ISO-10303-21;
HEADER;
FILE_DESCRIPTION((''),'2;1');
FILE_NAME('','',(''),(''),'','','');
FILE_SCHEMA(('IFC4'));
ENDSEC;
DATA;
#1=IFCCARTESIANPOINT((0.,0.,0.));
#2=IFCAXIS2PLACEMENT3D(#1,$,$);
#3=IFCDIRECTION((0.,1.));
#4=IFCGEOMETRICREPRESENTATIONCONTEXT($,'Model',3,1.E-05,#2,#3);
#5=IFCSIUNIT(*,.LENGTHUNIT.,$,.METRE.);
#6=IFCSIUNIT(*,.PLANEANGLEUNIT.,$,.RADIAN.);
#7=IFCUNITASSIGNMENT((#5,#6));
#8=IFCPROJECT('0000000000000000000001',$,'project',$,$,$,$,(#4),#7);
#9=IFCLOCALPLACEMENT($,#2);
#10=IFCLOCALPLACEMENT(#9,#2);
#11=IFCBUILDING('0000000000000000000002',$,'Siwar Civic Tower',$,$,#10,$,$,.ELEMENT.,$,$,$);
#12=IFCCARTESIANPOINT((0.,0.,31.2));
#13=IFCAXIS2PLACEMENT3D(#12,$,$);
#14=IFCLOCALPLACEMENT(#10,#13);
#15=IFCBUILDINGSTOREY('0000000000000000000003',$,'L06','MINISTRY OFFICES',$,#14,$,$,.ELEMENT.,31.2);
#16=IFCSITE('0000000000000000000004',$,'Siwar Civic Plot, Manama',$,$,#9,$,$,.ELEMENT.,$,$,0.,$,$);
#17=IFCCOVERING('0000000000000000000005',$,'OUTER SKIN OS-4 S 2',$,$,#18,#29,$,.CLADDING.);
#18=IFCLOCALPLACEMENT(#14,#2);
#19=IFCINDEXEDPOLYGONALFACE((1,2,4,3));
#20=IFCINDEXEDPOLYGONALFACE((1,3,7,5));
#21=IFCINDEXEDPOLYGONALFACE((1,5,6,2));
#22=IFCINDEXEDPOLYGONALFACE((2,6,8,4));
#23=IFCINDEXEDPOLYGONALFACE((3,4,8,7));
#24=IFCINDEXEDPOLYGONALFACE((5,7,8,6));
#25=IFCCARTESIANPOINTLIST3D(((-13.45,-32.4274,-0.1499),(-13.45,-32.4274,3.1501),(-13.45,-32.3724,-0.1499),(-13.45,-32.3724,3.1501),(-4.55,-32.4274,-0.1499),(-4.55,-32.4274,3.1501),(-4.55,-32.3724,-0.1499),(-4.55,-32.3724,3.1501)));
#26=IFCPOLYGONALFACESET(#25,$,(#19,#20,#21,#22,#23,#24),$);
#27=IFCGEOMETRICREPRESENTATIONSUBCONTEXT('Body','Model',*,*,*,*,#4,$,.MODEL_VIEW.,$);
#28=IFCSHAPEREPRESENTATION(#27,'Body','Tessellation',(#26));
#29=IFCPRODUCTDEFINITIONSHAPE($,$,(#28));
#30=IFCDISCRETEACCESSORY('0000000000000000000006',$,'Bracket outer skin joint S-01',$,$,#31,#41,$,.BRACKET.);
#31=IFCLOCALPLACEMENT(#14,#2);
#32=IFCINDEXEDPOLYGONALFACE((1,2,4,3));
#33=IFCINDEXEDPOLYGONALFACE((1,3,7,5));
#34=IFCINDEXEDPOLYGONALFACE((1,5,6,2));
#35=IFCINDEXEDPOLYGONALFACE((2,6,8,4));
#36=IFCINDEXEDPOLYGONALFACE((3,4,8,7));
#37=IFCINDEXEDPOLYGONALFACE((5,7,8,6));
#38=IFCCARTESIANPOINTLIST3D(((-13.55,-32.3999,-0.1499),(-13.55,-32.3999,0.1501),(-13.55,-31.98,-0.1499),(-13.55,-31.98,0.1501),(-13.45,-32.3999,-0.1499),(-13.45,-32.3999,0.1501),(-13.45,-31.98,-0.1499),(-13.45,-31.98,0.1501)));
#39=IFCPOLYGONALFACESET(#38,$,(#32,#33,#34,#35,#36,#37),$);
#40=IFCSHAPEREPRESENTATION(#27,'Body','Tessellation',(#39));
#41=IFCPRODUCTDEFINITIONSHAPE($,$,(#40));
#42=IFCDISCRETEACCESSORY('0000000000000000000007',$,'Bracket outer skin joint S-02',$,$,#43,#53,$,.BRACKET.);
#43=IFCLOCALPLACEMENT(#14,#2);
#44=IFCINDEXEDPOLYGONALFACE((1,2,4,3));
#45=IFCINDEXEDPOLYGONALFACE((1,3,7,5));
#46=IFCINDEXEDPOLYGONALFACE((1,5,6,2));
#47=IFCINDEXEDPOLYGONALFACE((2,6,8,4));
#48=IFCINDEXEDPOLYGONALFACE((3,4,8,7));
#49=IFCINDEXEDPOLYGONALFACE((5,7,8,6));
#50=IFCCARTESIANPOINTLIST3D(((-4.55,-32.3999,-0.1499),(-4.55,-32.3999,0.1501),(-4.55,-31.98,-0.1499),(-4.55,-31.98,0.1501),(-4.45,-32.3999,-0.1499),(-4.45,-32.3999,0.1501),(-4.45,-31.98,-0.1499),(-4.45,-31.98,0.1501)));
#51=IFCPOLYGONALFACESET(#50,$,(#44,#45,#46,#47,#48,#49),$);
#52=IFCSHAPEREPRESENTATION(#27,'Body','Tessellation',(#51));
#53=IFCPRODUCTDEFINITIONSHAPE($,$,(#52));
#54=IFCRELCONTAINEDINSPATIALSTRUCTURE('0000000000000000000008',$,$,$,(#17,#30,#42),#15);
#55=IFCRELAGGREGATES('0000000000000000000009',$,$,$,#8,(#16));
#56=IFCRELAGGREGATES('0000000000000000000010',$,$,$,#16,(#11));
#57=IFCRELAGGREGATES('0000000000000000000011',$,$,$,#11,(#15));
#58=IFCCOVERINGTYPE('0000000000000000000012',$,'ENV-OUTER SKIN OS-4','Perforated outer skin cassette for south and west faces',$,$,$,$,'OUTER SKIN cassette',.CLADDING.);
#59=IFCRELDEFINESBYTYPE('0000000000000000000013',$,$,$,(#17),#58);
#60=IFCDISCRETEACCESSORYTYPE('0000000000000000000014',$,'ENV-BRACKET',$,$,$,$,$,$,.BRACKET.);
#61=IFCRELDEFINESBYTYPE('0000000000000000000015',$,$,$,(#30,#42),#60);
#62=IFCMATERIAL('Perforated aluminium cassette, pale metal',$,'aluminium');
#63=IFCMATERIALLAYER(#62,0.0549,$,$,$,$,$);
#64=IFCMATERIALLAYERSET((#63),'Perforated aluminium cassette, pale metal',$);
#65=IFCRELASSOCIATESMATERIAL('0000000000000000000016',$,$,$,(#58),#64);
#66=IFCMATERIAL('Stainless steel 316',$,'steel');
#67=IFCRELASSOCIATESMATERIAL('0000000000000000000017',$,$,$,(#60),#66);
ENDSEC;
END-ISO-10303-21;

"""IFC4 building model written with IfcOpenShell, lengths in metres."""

from ifc_helpers import new_model, si_unit, direction, frame, origin, origin_2d, place, context, subcontext, project, spatial, rectangle, extrude, material, layer, layer_set, type_object, element, save


model = new_model("IFC4")

# Units and contexts
model_context = context("Model", 3, precision=1e-05, world=origin(), true_north=direction((0.0, 1.0)))
body_context = subcontext(model_context, "Body", "Model", "MODEL_VIEW")
ifc_project = project(units=[si_unit("LENGTHUNIT", "METRE"), si_unit("PLANEANGLEUNIT", "RADIAN")], contexts=[model_context])

# Site, building, storey
site_placement = place(None, origin())
site = spatial("IfcSite", under=ifc_project, at=site_placement, Name="Siwar Civic Plot, Manama", CompositionType="ELEMENT", RefElevation=0.0)
building_placement = place(site_placement, origin())
building = spatial("IfcBuilding", under=site, at=building_placement, Name="Siwar Civic Tower", CompositionType="ELEMENT")
storey_placement = place(building_placement, frame((0.0, 0.0, 31.2)))
storey = spatial("IfcBuildingStorey", under=building, at=storey_placement, Name="L06", Description="MINISTRY OFFICES", CompositionType="ELEMENT", Elevation=31.2)

# Covering
ifc_material_1 = material(Name="Perforated aluminium cassette, pale metal", Category="aluminium")
ifc_layer_1 = layer(ifc_material_1, 0.0549)
ifc_layer_set_1 = layer_set([ifc_layer_1], Name="Perforated aluminium cassette, pale metal")
covering_type = type_object("IfcCoveringType", Name="ENV-OUTER SKIN OS-4", Description="Perforated outer skin cassette for south and west faces", ElementType="OUTER SKIN cassette", PredefinedType="CLADDING", material=ifc_layer_set_1)
covering_1_placement = place(storey_placement, frame((-9.0, -32.3999, -0.1499), z_axis=(0.0, 0.0, 1.0), x_axis=(1.0, 0.0, 0.0)))
element("IfcCovering", 1, at=covering_1_placement, inside=storey, type_object=covering_type, Name="OUTER SKIN OS-4 S 2", PredefinedType="CLADDING", context=body_context, shape_type="SweptSolid", body=[
    extrude(rectangle(XDim=8.8999, YDim=0.0549, at=origin_2d()), origin(), (0.0, 0.0, 1.0), 3.3),
])

# Discrete accessories
ifc_material_2 = material(Name="Stainless steel 316", Category="steel")
discrete_accessory_type = type_object("IfcDiscreteAccessoryType", Name="ENV-BRACKET", PredefinedType="BRACKET", material=ifc_material_2)
for number, where, z_axis, x_axis, name in (
    (2, (-13.5, -32.1899, -0.1499), (0.0, 0.0, 1.0), (0.0, -1.0, 0.0), "Bracket outer skin joint S-01"),
    (3, (-4.5, -32.1899, -0.1499), (0.0, 0.0, 1.0), (0.0, -1.0, 0.0), "Bracket outer skin joint S-02"),
):
    element("IfcDiscreteAccessory", number, at=place(storey_placement, frame(where, z_axis=z_axis, x_axis=x_axis)), inside=storey, type_object=discrete_accessory_type, Name=name, PredefinedType="BRACKET", context=body_context, shape_type="SweptSolid", body=[
        extrude(rectangle(XDim=0.4199, YDim=0.1001, at=origin_2d()), origin(), (0.0, 0.0, 1.0), 0.3),
    ])

save(model, "model.ifc")
